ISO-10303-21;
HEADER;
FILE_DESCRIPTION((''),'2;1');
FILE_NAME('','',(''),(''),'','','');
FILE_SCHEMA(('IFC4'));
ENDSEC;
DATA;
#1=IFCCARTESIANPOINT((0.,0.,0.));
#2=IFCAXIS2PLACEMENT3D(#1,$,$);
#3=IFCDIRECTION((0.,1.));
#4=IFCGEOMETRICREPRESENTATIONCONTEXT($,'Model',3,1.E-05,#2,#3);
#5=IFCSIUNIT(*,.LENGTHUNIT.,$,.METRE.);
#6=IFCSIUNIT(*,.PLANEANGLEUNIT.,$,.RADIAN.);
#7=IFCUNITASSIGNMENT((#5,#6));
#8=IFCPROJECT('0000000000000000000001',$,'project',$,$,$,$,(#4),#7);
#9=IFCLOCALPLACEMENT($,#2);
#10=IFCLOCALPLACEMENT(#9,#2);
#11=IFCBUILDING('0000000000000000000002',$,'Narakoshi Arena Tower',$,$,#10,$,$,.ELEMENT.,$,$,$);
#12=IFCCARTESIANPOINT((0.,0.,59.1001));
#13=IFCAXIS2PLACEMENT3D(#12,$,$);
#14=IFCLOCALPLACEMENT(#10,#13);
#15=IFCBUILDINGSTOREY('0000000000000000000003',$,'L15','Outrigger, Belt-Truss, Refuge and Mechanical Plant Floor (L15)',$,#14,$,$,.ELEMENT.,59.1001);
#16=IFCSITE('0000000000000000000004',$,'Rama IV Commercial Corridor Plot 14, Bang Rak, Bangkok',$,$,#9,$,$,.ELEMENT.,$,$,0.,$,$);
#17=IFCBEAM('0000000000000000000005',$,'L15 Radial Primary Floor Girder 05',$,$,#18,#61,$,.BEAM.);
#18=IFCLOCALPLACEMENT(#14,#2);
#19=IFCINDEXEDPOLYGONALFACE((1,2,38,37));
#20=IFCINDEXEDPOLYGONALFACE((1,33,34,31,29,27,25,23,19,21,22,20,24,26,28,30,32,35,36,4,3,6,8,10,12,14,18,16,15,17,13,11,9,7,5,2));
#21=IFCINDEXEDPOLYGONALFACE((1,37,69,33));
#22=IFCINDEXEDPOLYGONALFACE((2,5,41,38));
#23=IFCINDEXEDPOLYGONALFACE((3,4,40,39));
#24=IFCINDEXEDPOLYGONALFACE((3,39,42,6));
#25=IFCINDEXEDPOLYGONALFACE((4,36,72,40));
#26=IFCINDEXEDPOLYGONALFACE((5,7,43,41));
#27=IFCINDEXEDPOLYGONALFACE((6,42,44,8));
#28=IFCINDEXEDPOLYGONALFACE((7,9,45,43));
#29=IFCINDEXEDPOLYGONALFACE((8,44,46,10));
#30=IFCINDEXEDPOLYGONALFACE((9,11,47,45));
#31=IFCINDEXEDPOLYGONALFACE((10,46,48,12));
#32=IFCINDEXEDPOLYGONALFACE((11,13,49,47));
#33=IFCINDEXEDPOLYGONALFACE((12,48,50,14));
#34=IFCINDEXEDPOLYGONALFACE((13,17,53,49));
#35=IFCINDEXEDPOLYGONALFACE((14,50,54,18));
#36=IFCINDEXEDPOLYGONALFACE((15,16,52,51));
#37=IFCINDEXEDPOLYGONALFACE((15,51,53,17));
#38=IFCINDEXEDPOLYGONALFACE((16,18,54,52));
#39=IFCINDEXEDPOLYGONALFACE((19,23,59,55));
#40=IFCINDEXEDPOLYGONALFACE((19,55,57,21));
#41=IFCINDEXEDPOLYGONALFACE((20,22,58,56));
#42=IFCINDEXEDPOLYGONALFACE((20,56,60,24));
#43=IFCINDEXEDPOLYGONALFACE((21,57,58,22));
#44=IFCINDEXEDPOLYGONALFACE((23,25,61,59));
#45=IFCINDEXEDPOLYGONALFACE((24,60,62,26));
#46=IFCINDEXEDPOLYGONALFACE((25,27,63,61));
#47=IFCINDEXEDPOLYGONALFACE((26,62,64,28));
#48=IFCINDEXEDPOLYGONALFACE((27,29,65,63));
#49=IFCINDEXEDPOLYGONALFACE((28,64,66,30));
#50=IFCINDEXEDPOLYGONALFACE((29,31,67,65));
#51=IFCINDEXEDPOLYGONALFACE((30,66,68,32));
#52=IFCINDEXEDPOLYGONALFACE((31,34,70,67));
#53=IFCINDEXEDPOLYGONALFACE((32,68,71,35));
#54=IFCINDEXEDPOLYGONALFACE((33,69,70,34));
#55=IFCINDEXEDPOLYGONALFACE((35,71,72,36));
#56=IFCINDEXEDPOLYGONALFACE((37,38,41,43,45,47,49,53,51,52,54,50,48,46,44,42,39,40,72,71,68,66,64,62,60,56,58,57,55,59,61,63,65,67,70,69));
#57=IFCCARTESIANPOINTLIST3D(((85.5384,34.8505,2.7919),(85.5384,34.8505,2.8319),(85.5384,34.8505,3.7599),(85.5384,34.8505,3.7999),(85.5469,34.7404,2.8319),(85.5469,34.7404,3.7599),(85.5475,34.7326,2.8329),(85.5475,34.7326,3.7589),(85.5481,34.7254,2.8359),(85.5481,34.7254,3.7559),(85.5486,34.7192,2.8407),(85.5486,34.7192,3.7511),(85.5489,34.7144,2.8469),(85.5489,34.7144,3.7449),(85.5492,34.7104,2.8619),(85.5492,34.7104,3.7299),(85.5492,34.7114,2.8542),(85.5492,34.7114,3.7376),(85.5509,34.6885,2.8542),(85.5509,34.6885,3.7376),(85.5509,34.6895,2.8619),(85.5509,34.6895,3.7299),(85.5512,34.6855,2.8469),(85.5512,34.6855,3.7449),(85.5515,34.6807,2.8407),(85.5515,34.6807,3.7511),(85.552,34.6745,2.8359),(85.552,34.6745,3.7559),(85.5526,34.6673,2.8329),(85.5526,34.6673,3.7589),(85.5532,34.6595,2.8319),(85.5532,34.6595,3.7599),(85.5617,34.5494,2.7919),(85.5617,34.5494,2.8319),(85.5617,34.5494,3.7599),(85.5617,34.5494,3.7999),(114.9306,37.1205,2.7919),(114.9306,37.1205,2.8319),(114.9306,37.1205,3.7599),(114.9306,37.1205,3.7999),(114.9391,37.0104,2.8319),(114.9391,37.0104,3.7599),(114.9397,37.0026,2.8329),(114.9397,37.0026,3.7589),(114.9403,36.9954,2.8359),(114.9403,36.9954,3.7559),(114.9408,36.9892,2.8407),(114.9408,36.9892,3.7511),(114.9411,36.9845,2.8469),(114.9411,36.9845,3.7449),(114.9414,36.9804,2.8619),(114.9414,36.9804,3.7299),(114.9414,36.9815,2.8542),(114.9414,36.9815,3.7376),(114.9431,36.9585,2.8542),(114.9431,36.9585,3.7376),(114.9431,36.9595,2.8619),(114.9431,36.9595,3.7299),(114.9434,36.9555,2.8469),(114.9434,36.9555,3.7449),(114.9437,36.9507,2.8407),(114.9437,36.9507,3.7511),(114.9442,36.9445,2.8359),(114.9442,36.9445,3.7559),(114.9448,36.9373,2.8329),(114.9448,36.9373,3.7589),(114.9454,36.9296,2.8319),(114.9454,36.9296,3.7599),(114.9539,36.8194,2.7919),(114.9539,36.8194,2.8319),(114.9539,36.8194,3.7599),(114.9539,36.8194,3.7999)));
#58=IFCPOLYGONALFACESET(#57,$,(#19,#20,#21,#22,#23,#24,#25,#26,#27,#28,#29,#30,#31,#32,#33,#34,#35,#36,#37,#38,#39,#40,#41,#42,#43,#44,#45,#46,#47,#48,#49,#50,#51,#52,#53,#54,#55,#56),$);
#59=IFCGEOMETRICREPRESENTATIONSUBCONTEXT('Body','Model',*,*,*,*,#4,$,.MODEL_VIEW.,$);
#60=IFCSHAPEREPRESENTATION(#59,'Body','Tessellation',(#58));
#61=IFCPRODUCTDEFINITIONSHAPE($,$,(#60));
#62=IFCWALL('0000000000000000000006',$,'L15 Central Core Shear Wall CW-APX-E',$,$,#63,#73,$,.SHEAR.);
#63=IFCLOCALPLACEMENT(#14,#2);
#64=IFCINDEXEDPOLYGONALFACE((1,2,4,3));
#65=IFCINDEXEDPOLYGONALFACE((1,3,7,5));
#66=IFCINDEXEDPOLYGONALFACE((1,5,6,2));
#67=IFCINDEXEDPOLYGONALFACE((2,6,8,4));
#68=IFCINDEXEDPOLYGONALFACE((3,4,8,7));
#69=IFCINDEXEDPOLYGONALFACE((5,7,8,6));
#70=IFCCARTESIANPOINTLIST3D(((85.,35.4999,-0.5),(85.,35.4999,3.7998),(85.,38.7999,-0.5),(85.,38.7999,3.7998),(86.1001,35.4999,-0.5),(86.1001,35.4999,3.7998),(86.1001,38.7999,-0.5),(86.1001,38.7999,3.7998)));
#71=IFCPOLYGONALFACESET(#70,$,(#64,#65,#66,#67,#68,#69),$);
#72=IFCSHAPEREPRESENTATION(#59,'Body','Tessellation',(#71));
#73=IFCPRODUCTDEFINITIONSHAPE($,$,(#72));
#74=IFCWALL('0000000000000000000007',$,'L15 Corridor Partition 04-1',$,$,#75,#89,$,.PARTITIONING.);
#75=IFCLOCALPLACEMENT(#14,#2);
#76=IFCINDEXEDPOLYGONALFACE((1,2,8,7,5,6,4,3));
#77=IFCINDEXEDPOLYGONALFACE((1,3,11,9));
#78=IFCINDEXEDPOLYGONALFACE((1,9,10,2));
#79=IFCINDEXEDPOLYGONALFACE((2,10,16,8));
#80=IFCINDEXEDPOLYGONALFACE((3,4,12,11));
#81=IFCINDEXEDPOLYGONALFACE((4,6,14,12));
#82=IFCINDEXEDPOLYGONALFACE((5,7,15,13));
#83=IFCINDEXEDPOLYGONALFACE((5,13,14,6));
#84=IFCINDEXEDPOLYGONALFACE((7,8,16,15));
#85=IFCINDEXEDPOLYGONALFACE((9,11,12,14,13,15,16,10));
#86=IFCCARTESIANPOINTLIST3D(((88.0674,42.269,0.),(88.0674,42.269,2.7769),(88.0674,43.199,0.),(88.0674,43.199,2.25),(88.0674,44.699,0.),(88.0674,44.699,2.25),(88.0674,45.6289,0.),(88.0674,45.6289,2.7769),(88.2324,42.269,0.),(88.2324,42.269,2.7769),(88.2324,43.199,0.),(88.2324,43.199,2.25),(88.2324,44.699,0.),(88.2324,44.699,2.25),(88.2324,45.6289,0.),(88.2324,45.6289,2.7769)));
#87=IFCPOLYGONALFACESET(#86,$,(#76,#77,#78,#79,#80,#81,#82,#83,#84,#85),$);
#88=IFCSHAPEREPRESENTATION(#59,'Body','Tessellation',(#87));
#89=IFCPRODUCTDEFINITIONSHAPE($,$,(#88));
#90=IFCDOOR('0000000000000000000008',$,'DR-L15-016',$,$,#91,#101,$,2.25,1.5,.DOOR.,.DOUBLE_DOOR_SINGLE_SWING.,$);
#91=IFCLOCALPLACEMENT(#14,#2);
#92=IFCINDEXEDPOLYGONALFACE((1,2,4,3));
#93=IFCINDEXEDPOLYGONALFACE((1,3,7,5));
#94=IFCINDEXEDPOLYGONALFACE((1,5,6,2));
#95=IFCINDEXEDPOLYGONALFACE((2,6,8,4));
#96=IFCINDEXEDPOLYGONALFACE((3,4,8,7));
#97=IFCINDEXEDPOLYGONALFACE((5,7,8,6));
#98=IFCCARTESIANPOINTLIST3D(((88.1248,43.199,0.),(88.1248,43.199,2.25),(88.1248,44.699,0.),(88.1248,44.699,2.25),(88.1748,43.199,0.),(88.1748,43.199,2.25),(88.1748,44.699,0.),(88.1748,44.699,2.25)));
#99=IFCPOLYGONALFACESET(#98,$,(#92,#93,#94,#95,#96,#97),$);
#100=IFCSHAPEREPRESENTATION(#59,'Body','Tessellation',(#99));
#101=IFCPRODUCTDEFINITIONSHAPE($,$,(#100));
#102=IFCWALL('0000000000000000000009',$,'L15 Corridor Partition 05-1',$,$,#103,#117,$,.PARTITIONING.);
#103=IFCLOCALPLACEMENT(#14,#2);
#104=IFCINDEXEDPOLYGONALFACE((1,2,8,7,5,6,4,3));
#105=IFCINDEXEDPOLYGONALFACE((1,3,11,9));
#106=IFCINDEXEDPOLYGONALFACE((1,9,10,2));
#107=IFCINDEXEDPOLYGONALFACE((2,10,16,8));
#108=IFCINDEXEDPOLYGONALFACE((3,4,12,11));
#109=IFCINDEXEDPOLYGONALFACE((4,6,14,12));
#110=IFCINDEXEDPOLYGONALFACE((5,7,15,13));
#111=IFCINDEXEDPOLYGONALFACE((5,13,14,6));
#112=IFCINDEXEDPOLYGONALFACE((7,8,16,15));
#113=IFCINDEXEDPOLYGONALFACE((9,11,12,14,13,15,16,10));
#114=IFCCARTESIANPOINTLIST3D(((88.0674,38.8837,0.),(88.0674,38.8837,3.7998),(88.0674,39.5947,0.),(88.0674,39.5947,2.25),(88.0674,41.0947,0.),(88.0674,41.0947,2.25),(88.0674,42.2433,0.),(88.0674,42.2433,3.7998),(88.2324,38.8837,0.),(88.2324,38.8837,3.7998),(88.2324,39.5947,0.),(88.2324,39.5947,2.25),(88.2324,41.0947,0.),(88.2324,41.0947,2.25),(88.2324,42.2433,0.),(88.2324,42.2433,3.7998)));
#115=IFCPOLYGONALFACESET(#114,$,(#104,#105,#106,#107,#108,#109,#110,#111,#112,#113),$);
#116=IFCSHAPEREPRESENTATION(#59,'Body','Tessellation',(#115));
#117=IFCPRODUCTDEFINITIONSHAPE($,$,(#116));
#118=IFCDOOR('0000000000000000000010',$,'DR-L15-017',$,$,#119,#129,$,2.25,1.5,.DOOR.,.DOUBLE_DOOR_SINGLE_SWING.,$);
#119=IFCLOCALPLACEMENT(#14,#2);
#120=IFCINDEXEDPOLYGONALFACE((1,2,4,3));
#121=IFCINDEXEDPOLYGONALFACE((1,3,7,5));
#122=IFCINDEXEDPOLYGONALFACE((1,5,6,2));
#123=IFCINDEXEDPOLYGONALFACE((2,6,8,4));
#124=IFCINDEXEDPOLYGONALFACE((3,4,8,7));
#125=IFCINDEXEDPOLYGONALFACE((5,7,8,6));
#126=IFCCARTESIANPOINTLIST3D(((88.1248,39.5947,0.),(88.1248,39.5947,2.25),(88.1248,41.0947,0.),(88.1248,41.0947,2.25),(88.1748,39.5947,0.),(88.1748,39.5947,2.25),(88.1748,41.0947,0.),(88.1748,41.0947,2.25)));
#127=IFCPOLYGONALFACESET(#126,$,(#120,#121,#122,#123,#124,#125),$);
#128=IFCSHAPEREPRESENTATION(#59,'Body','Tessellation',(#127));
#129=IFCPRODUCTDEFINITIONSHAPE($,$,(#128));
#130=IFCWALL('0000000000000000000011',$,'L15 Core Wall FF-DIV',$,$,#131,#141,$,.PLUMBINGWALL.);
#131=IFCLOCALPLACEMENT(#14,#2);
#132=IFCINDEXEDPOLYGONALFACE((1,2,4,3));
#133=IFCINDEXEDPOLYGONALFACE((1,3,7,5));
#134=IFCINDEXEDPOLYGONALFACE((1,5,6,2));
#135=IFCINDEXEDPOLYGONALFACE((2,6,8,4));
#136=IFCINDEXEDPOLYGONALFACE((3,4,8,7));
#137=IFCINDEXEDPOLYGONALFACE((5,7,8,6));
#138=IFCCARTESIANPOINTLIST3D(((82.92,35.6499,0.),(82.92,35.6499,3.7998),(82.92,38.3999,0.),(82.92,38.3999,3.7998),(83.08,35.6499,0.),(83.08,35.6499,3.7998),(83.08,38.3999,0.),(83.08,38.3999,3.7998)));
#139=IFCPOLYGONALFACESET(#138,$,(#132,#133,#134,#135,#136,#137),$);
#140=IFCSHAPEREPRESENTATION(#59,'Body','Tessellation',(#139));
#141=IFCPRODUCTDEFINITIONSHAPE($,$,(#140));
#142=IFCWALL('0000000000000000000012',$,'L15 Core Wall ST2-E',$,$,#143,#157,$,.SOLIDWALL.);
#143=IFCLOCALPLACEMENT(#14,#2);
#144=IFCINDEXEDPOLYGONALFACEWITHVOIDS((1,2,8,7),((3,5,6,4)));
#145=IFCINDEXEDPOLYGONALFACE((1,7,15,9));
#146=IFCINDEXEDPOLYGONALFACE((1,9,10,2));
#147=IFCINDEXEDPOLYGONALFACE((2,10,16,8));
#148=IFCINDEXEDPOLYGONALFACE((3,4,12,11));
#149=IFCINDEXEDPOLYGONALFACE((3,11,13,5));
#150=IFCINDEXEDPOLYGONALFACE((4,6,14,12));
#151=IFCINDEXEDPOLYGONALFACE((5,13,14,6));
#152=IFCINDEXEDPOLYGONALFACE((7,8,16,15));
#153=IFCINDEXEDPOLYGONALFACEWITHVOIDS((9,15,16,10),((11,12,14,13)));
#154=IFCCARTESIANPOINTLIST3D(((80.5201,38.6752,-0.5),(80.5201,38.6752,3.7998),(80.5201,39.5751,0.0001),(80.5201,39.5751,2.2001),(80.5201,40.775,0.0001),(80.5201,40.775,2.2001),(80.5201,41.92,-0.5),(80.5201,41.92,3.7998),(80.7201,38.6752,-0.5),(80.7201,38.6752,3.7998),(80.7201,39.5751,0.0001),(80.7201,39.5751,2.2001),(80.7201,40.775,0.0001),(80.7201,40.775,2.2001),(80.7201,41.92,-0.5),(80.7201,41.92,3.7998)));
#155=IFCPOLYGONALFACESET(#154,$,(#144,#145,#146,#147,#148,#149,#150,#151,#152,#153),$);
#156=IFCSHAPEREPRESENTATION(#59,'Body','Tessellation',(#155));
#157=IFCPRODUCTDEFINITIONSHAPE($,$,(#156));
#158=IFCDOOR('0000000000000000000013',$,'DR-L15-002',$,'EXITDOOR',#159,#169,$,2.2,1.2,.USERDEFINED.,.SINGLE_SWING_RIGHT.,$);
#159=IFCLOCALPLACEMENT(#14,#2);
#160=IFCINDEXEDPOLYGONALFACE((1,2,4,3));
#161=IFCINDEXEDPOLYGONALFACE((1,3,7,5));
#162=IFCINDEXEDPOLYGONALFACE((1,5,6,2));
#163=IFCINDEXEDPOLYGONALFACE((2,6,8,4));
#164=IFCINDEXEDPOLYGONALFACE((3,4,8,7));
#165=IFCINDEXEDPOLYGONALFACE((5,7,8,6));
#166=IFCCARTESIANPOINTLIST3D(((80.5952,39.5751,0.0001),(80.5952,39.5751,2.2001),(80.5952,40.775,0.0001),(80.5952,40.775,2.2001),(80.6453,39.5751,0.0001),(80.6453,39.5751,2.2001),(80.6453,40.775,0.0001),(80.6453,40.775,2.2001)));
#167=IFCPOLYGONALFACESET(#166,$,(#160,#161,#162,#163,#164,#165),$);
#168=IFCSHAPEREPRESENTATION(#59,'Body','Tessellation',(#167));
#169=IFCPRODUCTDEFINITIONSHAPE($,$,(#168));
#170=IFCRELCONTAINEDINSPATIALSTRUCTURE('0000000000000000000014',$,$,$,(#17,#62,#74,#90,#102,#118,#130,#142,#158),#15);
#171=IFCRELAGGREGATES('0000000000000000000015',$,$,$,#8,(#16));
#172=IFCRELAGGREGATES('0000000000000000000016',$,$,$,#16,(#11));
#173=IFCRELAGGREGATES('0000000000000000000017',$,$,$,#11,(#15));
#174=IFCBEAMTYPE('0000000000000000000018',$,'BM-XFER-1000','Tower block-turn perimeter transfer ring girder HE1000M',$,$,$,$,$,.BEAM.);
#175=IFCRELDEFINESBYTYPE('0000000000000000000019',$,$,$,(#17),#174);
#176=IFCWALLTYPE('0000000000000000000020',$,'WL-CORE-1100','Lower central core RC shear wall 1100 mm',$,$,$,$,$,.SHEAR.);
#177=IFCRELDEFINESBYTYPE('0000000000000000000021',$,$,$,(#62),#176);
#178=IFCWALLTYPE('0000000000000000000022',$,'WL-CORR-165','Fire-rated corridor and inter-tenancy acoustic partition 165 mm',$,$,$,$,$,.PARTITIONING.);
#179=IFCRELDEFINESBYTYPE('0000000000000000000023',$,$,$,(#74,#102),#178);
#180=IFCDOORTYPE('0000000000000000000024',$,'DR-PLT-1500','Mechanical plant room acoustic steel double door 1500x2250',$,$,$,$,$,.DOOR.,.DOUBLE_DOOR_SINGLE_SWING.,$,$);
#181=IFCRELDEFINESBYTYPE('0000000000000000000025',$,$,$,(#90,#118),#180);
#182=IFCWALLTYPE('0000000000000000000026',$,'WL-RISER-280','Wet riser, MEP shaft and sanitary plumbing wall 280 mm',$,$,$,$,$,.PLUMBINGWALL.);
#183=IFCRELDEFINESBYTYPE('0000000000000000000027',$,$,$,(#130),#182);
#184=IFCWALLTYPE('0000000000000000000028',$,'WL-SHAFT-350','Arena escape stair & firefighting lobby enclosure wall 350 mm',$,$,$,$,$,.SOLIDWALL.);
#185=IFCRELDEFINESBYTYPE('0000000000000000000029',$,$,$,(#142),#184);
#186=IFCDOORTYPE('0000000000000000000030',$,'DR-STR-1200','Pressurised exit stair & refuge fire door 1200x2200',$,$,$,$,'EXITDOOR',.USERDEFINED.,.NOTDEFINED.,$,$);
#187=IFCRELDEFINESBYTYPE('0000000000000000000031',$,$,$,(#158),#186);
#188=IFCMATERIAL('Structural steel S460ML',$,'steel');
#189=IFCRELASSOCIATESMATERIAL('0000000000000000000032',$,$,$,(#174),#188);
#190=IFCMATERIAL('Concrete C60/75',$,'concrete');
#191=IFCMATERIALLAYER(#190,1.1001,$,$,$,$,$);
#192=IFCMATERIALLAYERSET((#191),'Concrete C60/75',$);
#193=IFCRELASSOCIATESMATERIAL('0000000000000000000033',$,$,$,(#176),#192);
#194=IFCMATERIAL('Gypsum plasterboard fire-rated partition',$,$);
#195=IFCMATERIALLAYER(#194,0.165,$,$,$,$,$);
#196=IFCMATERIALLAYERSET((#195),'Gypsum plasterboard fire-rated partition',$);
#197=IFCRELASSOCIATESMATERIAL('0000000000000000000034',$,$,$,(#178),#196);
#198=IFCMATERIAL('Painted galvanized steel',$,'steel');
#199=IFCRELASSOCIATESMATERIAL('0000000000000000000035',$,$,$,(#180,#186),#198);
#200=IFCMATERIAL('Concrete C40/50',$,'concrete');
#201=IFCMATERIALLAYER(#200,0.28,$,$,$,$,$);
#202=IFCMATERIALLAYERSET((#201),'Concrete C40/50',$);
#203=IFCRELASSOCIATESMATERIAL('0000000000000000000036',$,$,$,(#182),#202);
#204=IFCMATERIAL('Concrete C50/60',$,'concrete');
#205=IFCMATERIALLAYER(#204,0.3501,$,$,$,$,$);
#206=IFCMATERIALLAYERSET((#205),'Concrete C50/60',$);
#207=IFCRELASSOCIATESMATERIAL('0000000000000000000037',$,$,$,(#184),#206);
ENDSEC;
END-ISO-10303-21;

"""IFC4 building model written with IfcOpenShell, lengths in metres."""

from ifc_helpers import new_model, si_unit, direction, frame, frame_2d, origin, origin_2d, place, context, subcontext, project, spatial, rectangle, i_section, extrude, material, layer, layer_set, material_profile, profile_set, type_object, element, fill, save


model = new_model("IFC4")

# Units and contexts
model_context = context("Model", 3, precision=1e-05, world=origin(), true_north=direction((0.0, 1.0)))
body_context = subcontext(model_context, "Body", "Model", "MODEL_VIEW")
ifc_project = project(units=[si_unit("LENGTHUNIT", "METRE"), si_unit("PLANEANGLEUNIT", "RADIAN")], contexts=[model_context])

# Site, building, storey
site_placement = place(None, origin())
site = spatial("IfcSite", under=ifc_project, at=site_placement, Name="Rama IV Commercial Corridor Plot 14, Bang Rak, Bangkok", CompositionType="ELEMENT", RefElevation=0.0)
building_placement = place(site_placement, origin())
building = spatial("IfcBuilding", under=site, at=building_placement, Name="Narakoshi Arena Tower", CompositionType="ELEMENT")
storey_placement = place(building_placement, frame((0.0, 0.0, 59.1001)))
storey = spatial("IfcBuildingStorey", under=building, at=storey_placement, Name="L15", Description="Outrigger, Belt-Truss, Refuge and Mechanical Plant Floor (L15)", CompositionType="ELEMENT", Elevation=59.1001)

# Shared definitions
ifc_material_1 = material(Name="Concrete C60/75", Category="concrete")

# Beam
ifc_material_2 = material(Name="Structural steel S460ML", Category="steel")
ifc_material_profile_1 = material_profile(ifc_material_2, i_section(OverallWidth=0.302, OverallDepth=1.0081, WebThickness=0.021, FlangeThickness=0.04, FilletRadius=0.03, at=origin_2d()), Name="HE1000M")
ifc_profile_set_1 = profile_set([ifc_material_profile_1], Name="Structural steel S460ML")
beam_type_1 = type_object("IfcBeamType", Name="BM-XFER-1000", Description="Tower block-turn perimeter transfer ring girder HE1000M", PredefinedType="BEAM", material=ifc_profile_set_1)
beam_1_placement = place(storey_placement, frame((85.55, 34.7, 3.2959), z_axis=(0.997031, 0.077003, 0.0), x_axis=(-0.077003, 0.997031, 0.0)))
element("IfcBeam", 1, at=beam_1_placement, inside=storey, type_object=beam_type_1, Name="L15 Radial Primary Floor Girder 05", PredefinedType="BEAM", context=body_context, shape_type="SweptSolid", body=[
    extrude(i_section(OverallWidth=0.302, OverallDepth=1.0081, WebThickness=0.021, FlangeThickness=0.04, FilletRadius=0.03, at=origin_2d()), origin(), (0.0, 0.0, 1.0), 29.4797),
])

# Wall
ifc_layer_1 = layer(ifc_material_1, 1.1001)
ifc_layer_set_1 = layer_set([ifc_layer_1], Name="Concrete C60/75")
wall_type_1 = type_object("IfcWallType", Name="WL-CORE-1100", Description="Lower central core RC shear wall 1100 mm", PredefinedType="SHEAR", material=ifc_layer_set_1)
wall_1_placement = place(storey_placement, frame((85.55, 35.5, -0.5), z_axis=(0.0, 0.0, 1.0), x_axis=(0.0, 1.0, 0.0)))
element("IfcWall", 2, at=wall_1_placement, inside=storey, type_object=wall_type_1, Name="L15 Central Core Shear Wall CW-APX-E", PredefinedType="SHEAR", context=body_context, shape_type="SweptSolid", body=[
    extrude(rectangle(XDim=3.3, YDim=1.1001, at=frame_2d((1.6499, 0.0))), origin(), (0.0, 0.0, 1.0), 4.2998),
])

# Walls, openings, doors
ifc_material_3 = material(Name="Gypsum plasterboard fire-rated partition")
ifc_layer_2 = layer(ifc_material_3, 0.165)
ifc_layer_set_2 = layer_set([ifc_layer_2], Name="Gypsum plasterboard fire-rated partition")
wall_type_2 = type_object("IfcWallType", Name="WL-CORR-165", Description="Fire-rated corridor and inter-tenancy acoustic partition 165 mm", PredefinedType="PARTITIONING", material=ifc_layer_set_2)
wall_2_placement = place(storey_placement, frame((88.1499, 42.269, 0.0), z_axis=(0.0, 0.0, 1.0), x_axis=(0.0, 1.0, 0.0)))
wall_2 = element("IfcWall", 3, at=wall_2_placement, inside=storey, type_object=wall_type_2, Name="L15 Corridor Partition 04-1", PredefinedType="PARTITIONING", context=body_context, shape_type="SweptSolid", body=[
    extrude(rectangle(XDim=3.3599, YDim=0.165, at=frame_2d((1.6799, 0.0))), origin(), (0.0, 0.0, 1.0), 2.7769),
])
opening_1_placement = place(wall_2_placement, frame((0.9299, 0.0, 0.0)))
opening_1 = element("IfcOpeningElement", 4, at=opening_1_placement, cuts=wall_2, PredefinedType="OPENING", context=body_context, shape_type="SweptSolid", body=[
    extrude(rectangle(XDim=1.5, YDim=2.25, at=frame_2d((0.75, 1.125))), frame((0.0, 0.0925, 0.0), z_axis=(0.0, -1.0, 0.0), x_axis=(1.0, 0.0, 0.0)), (0.0, 0.0, 1.0), 0.1851),
])
ifc_material_4 = material(Name="Painted galvanized steel", Category="steel")
door_type_1 = type_object("IfcDoorType", Name="DR-PLT-1500", Description="Mechanical plant room acoustic steel double door 1500x2250", OperationType="DOUBLE_DOOR_SINGLE_SWING", PredefinedType="DOOR", material=ifc_material_4)
door_1_placement = place(opening_1_placement, frame((1.5, 0.0, 0.0), z_axis=(0.0, 0.0, 1.0), x_axis=(-1.0, 0.0, 0.0)))
door_1 = element("IfcDoor", 5, at=door_1_placement, inside=storey, type_object=door_type_1, Name="DR-L15-016", OperationType="DOUBLE_DOOR_SINGLE_SWING", OverallHeight=2.25, OverallWidth=1.5, PredefinedType="DOOR", context=body_context, shape_type="SweptSolid", body=[
    extrude(rectangle(XDim=1.5, YDim=2.25, at=frame_2d((0.75, 1.125))), frame((0.0, 0.0249, 0.0), z_axis=(0.0, -1.0, 0.0), x_axis=(1.0, 0.0, 0.0)), (0.0, 0.0, 1.0), 0.05),
])
fill(opening_1, door_1)
wall_3_placement = place(storey_placement, frame((88.1499, 38.8838, 0.0), z_axis=(0.0, 0.0, 1.0), x_axis=(0.0, 1.0, 0.0)))
wall_3 = element("IfcWall", 6, at=wall_3_placement, inside=storey, type_object=wall_type_2, Name="L15 Corridor Partition 05-1", PredefinedType="PARTITIONING", context=body_context, shape_type="SweptSolid", body=[
    extrude(rectangle(XDim=3.3596, YDim=0.165, at=frame_2d((1.6797, 0.0))), origin(), (0.0, 0.0, 1.0), 3.7998),
])
opening_2_placement = place(wall_3_placement, frame((0.7109, 0.0, 0.0)))
opening_2 = element("IfcOpeningElement", 7, at=opening_2_placement, cuts=wall_3, PredefinedType="OPENING", context=body_context, shape_type="SweptSolid", body=[
    extrude(rectangle(XDim=1.5, YDim=2.25, at=frame_2d((0.75, 1.125))), frame((0.0, 0.0925, 0.0), z_axis=(0.0, -1.0, 0.0), x_axis=(1.0, 0.0, 0.0)), (0.0, 0.0, 1.0), 0.1851),
])
door_2_placement = place(opening_2_placement, frame((1.5, 0.0, 0.0), z_axis=(0.0, 0.0, 1.0), x_axis=(-1.0, 0.0, 0.0)))
door_2 = element("IfcDoor", 8, at=door_2_placement, inside=storey, type_object=door_type_1, Name="DR-L15-017", OperationType="DOUBLE_DOOR_SINGLE_SWING", OverallHeight=2.25, OverallWidth=1.5, PredefinedType="DOOR", context=body_context, shape_type="SweptSolid", body=[
    extrude(rectangle(XDim=1.5, YDim=2.25, at=frame_2d((0.75, 1.125))), frame((0.0, 0.0249, 0.0), z_axis=(0.0, -1.0, 0.0), x_axis=(1.0, 0.0, 0.0)), (0.0, 0.0, 1.0), 0.05),
])
fill(opening_2, door_2)

# Wall
ifc_material_5 = material(Name="Concrete C40/50", Category="concrete")
ifc_layer_3 = layer(ifc_material_5, 0.28)
ifc_layer_set_3 = layer_set([ifc_layer_3], Name="Concrete C40/50")
wall_type_3 = type_object("IfcWallType", Name="WL-RISER-280", Description="Wet riser, MEP shaft and sanitary plumbing wall 280 mm", PredefinedType="PLUMBINGWALL", material=ifc_layer_set_3)
wall_4_placement = place(storey_placement, frame((83.0, 35.6499, 0.0), z_axis=(0.0, 0.0, 1.0), x_axis=(0.0, 1.0, 0.0)))
element("IfcWall", 9, at=wall_4_placement, inside=storey, type_object=wall_type_3, Name="L15 Core Wall FF-DIV", PredefinedType="PLUMBINGWALL", context=body_context, shape_type="SweptSolid", body=[
    extrude(rectangle(XDim=2.75, YDim=0.1599, at=frame_2d((1.375, 0.0))), origin(), (0.0, 0.0, 1.0), 3.7998),
])

# Wall, opening, door
ifc_material_6 = material(Name="Concrete C50/60", Category="concrete")
ifc_layer_4 = layer(ifc_material_6, 0.3501)
ifc_layer_set_4 = layer_set([ifc_layer_4], Name="Concrete C50/60")
wall_type_4 = type_object("IfcWallType", Name="WL-SHAFT-350", Description="Arena escape stair & firefighting lobby enclosure wall 350 mm", PredefinedType="SOLIDWALL", material=ifc_layer_set_4)
wall_5_placement = place(storey_placement, frame((80.6201, 38.675, -0.5), z_axis=(0.0, 0.0, 1.0), x_axis=(0.0, 1.0, 0.0)))
wall_5 = element("IfcWall", 10, at=wall_5_placement, inside=storey, type_object=wall_type_4, Name="L15 Core Wall ST2-E", PredefinedType="SOLIDWALL", context=body_context, shape_type="SweptSolid", body=[
    extrude(rectangle(XDim=3.2449, YDim=0.2, at=frame_2d((1.6226, 0.0))), origin(), (0.0, 0.0, 1.0), 4.2998),
])
opening_3_placement = place(wall_5_placement, frame((0.8999, 0.0, 0.5)))
opening_3 = element("IfcOpeningElement", 11, at=opening_3_placement, cuts=wall_5, PredefinedType="OPENING", context=body_context, shape_type="SweptSolid", body=[
    extrude(rectangle(XDim=1.2, YDim=2.2, at=frame_2d((0.6001, 1.1001))), frame((0.0, 0.1099, 0.0), z_axis=(0.0, -1.0, 0.0), x_axis=(1.0, 0.0, 0.0)), (0.0, 0.0, 1.0), 0.22),
])
door_type_2 = type_object("IfcDoorType", Name="DR-STR-1200", Description="Pressurised exit stair & refuge fire door 1200x2200", ElementType="EXITDOOR", OperationType="NOTDEFINED", PredefinedType="USERDEFINED", material=ifc_material_4)
door_3_placement = place(opening_3_placement, origin())
door_3 = element("IfcDoor", 12, at=door_3_placement, inside=storey, type_object=door_type_2, Name="DR-L15-002", ObjectType="EXITDOOR", OperationType="SINGLE_SWING_RIGHT", OverallHeight=2.2, OverallWidth=1.2, PredefinedType="USERDEFINED", context=body_context, shape_type="SweptSolid", body=[
    extrude(rectangle(XDim=1.2, YDim=2.2, at=frame_2d((0.6001, 1.1001))), frame((0.0, 0.0249, 0.0), z_axis=(0.0, -1.0, 0.0), x_axis=(1.0, 0.0, 0.0)), (0.0, 0.0, 1.0), 0.05),
])
fill(opening_3, door_3)

save(model, "model.ifc")
